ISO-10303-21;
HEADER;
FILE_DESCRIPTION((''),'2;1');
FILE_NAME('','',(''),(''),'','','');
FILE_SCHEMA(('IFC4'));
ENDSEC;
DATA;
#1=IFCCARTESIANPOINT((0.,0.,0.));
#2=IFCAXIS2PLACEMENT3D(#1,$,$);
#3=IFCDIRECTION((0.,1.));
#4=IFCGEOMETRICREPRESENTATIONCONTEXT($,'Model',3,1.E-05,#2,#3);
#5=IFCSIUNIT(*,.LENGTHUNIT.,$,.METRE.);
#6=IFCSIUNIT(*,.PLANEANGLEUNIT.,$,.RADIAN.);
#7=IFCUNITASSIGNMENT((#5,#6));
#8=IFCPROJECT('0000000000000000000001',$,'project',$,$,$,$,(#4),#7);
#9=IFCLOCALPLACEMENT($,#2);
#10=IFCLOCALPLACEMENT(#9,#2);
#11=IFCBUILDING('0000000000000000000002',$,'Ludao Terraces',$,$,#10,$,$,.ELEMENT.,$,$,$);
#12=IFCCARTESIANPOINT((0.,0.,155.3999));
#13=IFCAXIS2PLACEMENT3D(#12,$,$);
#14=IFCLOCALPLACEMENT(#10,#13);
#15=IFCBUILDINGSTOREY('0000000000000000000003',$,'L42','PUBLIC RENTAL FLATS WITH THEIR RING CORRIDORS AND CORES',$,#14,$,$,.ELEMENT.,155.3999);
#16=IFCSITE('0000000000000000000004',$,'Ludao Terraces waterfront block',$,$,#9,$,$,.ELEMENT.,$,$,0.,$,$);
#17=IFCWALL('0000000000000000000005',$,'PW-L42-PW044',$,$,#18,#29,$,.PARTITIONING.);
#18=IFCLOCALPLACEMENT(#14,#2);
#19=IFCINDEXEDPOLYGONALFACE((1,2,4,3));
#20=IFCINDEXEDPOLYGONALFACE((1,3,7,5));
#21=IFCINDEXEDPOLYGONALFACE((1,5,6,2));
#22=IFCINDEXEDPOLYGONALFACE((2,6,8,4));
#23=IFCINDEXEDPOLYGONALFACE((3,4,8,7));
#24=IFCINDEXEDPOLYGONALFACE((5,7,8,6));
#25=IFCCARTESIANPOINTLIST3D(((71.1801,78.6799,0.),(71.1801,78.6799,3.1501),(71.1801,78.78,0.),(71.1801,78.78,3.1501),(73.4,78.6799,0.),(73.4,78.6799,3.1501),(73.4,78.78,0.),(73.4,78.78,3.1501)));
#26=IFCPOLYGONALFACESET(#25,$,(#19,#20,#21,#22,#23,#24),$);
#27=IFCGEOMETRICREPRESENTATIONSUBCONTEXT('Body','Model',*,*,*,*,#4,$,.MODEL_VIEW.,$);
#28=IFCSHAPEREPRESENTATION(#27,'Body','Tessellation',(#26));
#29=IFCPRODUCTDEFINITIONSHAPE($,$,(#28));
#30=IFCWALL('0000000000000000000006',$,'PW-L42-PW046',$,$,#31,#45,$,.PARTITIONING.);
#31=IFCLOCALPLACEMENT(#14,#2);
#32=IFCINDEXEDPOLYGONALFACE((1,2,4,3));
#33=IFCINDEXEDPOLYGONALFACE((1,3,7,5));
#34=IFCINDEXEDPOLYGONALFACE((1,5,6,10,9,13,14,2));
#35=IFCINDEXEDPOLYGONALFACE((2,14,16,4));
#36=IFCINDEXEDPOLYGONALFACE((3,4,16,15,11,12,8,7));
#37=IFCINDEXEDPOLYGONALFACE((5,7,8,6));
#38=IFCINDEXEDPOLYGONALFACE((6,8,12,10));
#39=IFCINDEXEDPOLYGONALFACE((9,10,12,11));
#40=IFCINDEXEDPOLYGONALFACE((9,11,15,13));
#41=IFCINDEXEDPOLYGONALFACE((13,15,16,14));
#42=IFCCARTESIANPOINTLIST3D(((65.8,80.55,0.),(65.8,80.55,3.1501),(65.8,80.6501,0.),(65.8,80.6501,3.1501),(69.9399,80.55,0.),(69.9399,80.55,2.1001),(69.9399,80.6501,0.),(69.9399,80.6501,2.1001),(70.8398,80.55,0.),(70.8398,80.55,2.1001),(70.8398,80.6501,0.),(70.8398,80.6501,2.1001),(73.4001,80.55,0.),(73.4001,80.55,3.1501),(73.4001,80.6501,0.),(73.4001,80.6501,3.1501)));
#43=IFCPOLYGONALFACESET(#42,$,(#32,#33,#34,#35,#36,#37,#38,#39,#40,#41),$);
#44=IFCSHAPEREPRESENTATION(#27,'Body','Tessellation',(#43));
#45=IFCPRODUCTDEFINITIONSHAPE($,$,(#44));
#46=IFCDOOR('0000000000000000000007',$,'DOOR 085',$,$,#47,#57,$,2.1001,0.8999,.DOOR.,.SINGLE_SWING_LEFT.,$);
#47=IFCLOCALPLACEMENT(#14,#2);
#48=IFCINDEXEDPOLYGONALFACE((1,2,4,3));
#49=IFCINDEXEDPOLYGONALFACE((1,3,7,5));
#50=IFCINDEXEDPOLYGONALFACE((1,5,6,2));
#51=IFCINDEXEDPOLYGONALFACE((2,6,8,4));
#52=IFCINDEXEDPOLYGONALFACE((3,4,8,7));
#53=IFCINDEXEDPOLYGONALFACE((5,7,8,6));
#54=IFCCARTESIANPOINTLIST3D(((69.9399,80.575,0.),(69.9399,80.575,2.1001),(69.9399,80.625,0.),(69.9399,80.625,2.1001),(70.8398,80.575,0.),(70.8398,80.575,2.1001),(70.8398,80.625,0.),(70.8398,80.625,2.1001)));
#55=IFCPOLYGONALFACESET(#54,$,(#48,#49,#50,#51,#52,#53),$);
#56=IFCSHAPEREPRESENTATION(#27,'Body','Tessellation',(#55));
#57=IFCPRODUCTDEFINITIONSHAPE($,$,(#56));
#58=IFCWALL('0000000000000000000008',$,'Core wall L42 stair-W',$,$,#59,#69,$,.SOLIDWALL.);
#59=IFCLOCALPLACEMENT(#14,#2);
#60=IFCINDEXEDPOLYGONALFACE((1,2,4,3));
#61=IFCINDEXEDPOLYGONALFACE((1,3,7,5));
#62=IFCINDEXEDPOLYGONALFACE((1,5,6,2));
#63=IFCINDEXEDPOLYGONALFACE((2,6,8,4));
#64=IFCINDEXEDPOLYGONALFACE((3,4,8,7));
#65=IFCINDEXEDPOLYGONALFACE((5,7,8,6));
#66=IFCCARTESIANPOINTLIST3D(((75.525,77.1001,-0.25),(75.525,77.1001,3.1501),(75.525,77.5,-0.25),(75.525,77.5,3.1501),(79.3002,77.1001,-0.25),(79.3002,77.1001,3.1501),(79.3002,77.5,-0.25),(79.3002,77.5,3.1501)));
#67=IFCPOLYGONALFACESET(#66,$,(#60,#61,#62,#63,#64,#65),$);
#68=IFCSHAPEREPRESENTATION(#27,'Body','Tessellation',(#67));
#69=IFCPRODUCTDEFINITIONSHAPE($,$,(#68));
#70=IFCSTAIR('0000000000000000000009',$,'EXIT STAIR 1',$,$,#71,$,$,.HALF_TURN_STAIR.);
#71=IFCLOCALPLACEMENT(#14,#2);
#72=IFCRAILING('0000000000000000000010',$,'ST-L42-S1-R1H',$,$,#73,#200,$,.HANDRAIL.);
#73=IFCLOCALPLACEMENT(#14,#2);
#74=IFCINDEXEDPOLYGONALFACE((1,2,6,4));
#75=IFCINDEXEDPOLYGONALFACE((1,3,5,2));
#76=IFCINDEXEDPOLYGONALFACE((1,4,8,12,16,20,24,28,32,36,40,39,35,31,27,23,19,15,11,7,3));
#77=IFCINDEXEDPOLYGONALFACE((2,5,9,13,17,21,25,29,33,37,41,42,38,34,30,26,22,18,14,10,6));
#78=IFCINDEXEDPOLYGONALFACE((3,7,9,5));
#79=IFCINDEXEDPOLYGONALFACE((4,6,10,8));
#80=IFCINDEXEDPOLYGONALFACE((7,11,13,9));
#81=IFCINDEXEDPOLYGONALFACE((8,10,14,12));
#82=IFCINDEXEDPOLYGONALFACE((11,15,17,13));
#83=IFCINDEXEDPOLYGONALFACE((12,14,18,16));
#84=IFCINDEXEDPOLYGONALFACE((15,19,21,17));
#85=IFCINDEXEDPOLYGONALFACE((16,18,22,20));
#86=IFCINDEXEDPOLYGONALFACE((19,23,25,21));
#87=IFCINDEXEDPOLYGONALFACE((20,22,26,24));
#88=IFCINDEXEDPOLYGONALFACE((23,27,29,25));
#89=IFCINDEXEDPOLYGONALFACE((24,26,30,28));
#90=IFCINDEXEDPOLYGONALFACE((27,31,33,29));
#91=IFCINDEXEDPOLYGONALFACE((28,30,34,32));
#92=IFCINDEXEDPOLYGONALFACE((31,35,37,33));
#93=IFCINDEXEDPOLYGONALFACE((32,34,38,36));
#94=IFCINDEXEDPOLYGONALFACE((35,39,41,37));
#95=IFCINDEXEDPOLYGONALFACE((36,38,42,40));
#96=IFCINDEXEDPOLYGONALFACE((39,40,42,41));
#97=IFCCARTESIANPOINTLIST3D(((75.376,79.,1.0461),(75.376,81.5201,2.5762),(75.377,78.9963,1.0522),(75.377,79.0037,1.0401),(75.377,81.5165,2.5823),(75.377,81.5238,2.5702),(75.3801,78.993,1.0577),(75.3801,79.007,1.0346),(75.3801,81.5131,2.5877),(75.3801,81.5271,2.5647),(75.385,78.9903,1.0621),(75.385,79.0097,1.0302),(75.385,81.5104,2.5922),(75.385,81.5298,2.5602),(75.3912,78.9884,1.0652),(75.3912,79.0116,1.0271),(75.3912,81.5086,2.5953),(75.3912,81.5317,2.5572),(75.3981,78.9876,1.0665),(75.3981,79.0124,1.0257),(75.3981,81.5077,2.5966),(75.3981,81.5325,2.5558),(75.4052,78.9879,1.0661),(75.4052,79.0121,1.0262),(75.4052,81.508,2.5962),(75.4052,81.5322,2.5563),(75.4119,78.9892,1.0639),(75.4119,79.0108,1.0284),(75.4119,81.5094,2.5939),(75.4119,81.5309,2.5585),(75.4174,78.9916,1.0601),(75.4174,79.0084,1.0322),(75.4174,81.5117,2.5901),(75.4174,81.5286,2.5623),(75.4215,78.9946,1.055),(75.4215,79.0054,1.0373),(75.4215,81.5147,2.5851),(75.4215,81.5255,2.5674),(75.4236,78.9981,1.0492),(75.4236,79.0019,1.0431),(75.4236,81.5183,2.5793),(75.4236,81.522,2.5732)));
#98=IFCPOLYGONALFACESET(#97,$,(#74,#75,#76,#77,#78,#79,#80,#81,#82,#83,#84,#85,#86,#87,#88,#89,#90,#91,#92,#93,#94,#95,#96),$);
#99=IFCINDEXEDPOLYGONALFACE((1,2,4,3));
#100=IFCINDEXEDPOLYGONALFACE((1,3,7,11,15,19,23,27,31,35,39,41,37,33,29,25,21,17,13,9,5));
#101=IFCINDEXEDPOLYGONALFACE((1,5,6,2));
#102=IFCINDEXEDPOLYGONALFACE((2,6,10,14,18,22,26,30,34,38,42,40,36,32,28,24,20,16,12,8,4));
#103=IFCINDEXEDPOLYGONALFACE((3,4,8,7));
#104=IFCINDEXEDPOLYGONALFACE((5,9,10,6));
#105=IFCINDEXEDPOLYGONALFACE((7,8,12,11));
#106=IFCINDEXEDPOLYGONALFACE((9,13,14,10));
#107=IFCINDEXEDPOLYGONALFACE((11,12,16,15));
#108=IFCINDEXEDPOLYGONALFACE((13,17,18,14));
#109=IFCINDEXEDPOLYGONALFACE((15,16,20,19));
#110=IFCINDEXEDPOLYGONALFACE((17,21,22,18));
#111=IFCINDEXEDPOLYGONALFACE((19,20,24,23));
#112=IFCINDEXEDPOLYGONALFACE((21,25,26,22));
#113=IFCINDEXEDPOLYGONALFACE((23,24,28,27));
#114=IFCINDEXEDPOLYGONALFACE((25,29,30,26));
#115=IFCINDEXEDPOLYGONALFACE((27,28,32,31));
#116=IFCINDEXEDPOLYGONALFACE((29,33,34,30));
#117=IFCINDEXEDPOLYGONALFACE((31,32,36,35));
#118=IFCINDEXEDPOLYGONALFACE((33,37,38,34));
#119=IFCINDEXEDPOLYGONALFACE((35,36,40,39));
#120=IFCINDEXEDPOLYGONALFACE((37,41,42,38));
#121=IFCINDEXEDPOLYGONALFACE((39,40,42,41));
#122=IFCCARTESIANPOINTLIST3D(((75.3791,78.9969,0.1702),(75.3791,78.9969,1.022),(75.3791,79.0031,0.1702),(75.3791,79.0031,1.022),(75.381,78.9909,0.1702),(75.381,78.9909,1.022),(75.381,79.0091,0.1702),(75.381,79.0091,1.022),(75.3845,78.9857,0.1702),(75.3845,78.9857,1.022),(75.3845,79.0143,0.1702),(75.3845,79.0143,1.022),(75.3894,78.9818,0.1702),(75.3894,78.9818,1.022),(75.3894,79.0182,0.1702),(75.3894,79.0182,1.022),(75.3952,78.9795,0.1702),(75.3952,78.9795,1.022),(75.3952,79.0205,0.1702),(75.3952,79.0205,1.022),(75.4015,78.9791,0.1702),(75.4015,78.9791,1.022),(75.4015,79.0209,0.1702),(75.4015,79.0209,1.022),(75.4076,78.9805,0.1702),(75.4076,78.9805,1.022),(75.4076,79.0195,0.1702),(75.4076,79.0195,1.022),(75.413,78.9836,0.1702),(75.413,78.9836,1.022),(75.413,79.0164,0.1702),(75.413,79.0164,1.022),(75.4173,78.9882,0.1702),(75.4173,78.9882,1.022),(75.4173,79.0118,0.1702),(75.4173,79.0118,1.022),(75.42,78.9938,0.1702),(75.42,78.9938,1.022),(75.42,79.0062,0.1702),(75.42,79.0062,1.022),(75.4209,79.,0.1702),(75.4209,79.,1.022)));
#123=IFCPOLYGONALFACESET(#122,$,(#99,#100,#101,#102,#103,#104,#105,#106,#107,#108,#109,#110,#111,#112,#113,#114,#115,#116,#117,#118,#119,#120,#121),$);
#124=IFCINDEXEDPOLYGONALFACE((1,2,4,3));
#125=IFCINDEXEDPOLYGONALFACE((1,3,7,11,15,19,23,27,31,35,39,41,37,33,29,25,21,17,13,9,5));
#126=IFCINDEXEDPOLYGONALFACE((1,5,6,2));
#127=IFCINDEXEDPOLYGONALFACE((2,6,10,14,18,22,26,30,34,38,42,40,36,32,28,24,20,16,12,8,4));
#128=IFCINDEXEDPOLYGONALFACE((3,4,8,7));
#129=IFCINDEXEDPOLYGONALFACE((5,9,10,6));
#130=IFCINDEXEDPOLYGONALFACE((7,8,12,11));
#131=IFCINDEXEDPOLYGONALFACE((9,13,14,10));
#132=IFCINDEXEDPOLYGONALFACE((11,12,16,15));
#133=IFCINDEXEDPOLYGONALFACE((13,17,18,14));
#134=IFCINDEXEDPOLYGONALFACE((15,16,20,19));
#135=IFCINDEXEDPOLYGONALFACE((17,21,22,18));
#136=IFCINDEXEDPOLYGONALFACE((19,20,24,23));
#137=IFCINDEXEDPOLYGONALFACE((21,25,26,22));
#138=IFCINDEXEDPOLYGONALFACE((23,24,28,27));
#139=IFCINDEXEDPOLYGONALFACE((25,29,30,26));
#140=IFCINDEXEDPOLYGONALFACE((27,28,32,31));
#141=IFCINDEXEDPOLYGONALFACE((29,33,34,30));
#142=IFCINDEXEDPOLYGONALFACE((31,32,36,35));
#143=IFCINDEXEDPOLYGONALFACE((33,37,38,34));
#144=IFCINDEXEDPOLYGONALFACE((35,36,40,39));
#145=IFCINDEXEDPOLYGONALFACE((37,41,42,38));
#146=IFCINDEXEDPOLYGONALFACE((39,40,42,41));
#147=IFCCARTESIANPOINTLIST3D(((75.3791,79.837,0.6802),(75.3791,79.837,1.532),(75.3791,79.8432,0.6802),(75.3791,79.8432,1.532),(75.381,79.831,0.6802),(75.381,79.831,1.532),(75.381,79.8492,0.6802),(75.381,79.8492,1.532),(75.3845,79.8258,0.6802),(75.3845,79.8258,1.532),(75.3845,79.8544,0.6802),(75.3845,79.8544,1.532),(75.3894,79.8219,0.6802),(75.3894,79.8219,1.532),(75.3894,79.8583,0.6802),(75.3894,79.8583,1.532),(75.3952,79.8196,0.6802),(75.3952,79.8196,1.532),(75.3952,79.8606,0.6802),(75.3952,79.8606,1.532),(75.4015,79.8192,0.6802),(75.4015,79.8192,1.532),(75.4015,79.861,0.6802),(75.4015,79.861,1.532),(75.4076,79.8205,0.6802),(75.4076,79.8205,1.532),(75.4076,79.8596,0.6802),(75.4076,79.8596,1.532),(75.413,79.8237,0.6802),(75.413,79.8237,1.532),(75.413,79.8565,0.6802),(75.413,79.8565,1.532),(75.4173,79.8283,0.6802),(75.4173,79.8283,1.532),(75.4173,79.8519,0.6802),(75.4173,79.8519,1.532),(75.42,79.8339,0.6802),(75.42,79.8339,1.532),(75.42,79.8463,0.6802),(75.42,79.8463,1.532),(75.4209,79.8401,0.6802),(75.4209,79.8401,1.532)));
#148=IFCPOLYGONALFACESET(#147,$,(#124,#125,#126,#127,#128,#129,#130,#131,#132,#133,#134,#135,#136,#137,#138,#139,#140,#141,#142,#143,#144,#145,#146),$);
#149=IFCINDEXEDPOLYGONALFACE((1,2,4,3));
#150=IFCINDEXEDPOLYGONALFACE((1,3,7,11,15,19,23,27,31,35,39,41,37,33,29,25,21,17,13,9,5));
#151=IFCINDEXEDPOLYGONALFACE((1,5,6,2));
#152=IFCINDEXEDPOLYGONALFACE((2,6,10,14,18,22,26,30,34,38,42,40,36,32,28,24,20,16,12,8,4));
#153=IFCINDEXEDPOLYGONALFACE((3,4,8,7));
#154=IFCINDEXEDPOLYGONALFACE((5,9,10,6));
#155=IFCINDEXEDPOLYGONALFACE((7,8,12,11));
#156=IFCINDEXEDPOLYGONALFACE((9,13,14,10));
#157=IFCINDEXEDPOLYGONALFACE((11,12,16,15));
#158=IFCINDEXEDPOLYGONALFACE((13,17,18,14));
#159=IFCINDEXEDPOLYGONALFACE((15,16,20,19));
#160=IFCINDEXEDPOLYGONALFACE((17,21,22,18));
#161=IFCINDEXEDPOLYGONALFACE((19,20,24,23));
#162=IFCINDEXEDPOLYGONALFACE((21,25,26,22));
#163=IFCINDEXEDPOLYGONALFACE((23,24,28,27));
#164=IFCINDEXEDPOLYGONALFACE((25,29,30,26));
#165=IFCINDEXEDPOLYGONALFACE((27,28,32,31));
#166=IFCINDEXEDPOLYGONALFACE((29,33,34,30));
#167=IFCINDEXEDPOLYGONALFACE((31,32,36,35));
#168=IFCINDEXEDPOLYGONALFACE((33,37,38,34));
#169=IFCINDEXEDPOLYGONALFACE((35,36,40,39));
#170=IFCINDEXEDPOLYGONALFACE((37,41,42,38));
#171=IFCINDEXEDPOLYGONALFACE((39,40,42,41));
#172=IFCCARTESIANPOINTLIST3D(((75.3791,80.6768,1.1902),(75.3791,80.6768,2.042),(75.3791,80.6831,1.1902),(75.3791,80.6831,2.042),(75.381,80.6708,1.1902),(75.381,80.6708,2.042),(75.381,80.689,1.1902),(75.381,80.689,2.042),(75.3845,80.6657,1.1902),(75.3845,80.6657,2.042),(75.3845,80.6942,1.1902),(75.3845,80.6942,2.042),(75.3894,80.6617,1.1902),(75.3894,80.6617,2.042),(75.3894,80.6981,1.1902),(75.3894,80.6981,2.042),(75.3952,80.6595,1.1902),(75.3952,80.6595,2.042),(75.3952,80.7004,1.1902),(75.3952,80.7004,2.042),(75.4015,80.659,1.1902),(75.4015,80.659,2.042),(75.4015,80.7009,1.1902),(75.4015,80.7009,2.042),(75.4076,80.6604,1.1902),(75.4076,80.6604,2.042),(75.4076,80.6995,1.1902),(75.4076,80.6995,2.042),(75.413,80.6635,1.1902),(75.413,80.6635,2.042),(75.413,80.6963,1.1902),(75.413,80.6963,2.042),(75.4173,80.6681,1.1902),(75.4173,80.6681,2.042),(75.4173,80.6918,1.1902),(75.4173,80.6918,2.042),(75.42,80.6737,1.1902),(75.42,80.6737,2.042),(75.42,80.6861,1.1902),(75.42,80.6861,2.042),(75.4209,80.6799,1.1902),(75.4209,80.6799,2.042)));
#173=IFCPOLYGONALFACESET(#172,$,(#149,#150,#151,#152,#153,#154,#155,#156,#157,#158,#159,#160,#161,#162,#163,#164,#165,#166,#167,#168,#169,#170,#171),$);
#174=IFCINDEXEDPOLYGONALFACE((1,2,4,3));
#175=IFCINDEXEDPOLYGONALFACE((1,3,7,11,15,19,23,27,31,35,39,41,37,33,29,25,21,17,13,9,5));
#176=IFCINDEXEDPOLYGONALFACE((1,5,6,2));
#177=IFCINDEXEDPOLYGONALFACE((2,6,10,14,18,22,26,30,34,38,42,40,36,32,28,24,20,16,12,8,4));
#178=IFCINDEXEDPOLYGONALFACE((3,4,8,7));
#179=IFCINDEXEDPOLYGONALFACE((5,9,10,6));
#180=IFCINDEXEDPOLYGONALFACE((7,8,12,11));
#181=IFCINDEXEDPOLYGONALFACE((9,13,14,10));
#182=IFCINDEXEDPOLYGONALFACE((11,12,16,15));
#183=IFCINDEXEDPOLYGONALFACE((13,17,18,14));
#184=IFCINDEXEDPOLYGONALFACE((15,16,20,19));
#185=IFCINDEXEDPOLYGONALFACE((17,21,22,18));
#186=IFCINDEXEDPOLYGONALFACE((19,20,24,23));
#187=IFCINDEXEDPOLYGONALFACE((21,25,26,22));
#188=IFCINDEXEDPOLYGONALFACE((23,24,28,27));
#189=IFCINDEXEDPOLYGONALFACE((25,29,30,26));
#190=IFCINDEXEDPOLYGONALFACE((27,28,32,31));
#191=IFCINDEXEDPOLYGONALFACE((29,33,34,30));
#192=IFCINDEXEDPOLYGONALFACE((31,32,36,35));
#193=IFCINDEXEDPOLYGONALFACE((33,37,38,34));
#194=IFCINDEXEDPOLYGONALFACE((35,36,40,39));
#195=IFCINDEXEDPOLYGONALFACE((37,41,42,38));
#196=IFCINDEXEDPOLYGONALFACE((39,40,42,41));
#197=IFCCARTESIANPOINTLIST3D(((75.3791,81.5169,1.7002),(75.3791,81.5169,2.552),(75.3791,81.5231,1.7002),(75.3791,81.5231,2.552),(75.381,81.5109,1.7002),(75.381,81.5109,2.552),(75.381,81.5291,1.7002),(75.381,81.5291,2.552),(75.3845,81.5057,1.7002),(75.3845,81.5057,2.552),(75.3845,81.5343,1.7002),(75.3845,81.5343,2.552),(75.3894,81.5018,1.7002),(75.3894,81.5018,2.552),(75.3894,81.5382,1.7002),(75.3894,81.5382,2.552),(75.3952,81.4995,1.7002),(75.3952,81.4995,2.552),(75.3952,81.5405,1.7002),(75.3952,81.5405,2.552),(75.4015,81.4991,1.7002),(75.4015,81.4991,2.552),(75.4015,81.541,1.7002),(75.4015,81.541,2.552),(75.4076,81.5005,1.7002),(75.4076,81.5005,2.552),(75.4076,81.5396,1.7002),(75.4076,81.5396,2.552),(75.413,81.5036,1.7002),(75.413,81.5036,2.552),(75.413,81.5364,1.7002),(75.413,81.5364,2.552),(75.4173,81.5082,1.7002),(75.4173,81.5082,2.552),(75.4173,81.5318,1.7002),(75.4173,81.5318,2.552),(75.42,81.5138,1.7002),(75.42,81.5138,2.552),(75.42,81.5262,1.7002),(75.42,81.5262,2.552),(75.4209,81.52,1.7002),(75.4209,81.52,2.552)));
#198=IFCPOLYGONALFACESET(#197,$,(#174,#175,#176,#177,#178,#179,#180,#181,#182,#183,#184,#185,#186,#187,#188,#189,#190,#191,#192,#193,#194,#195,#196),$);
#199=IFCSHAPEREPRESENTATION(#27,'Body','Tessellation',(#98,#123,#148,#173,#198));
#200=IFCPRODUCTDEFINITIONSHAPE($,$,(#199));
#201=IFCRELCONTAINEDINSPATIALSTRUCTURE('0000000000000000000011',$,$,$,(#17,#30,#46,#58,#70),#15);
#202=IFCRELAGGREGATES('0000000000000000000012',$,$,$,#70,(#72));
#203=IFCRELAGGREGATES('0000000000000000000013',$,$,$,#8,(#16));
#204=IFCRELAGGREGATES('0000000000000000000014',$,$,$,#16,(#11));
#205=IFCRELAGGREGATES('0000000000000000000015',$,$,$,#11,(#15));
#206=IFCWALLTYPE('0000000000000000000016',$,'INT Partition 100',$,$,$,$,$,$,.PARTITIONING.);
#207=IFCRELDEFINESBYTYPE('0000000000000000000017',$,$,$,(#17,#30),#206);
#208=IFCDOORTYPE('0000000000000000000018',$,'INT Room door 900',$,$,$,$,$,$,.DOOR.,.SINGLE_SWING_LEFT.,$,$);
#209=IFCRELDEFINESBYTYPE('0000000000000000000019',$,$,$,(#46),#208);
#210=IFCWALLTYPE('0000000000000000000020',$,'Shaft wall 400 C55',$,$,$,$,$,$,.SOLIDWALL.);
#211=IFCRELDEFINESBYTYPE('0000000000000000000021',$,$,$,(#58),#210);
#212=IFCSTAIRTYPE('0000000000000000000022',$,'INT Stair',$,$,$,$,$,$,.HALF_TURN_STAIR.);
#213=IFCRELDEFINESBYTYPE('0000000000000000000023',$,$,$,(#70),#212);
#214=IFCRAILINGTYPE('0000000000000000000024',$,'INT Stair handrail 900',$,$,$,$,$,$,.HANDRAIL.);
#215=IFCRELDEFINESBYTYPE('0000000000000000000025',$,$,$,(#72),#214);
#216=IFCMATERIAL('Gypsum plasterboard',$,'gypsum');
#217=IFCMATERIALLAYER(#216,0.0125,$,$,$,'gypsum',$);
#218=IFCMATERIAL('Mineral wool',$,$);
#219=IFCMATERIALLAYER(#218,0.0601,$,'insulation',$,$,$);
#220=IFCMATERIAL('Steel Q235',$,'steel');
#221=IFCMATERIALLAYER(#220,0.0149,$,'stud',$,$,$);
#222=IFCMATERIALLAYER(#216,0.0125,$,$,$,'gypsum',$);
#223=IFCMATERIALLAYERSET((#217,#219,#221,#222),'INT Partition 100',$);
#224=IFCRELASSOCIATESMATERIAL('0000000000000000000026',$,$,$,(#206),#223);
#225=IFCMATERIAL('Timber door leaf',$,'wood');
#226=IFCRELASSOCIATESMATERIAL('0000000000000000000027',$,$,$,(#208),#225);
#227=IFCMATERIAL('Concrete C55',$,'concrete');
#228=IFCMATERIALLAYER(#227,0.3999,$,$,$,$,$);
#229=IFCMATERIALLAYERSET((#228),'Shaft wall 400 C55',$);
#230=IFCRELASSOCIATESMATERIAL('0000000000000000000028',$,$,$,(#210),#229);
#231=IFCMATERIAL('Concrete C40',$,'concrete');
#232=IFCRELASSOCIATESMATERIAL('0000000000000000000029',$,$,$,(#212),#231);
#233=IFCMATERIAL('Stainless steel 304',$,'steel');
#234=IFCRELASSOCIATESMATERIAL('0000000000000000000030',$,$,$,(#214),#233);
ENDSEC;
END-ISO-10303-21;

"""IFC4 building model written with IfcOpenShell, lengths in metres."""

from ifc_helpers import new_model, si_unit, direction, frame, frame_2d, origin, origin_2d, place, context, subcontext, project, spatial, rectangle, circle, extrude, material, layer, layer_set, type_object, element, fill, aggregate, save


model = new_model("IFC4")

# Units and contexts
model_context = context("Model", 3, precision=1e-05, world=origin(), true_north=direction((0.0, 1.0)))
body_context = subcontext(model_context, "Body", "Model", "MODEL_VIEW")
ifc_project = project(units=[si_unit("LENGTHUNIT", "METRE"), si_unit("PLANEANGLEUNIT", "RADIAN")], contexts=[model_context])

# Site, building, storey
site_placement = place(None, origin())
site = spatial("IfcSite", under=ifc_project, at=site_placement, Name="Ludao Terraces waterfront block", CompositionType="ELEMENT", RefElevation=0.0)
building_placement = place(site_placement, origin())
building = spatial("IfcBuilding", under=site, at=building_placement, Name="Ludao Terraces", CompositionType="ELEMENT")
storey_placement = place(building_placement, frame((0.0, 0.0, 155.3999)))
storey = spatial("IfcBuildingStorey", under=building, at=storey_placement, Name="L42", Description="PUBLIC RENTAL FLATS WITH THEIR RING CORRIDORS AND CORES", CompositionType="ELEMENT", Elevation=155.3999)

# Shared definitions
ifc_material_1 = material(Name="Concrete C40", Category="concrete")

# Shared definitions
ifc_material_2 = material(Name="Steel Q235", Category="steel")

# Shared definitions
ifc_material_3 = material(Name="Mineral wool")

# Wall
ifc_material_4 = material(Name="Gypsum plasterboard", Category="gypsum")
ifc_layer_1 = layer(ifc_material_4, 0.0125, Category="gypsum")
ifc_layer_2 = layer(ifc_material_3, 0.0601, Name="insulation")
ifc_layer_3 = layer(ifc_material_2, 0.0149, Name="stud")
ifc_layer_4 = layer(ifc_material_4, 0.0125, Category="gypsum")
ifc_layer_set_1 = layer_set([ifc_layer_1, ifc_layer_2, ifc_layer_3, ifc_layer_4], Name="INT Partition 100")
wall_type_1 = type_object("IfcWallType", Name="INT Partition 100", PredefinedType="PARTITIONING", material=ifc_layer_set_1)
for number, where, z_axis, x_axis, name in (
    (1, (71.1802, 78.73, 0.0), (0.0, 0.0, 1.0), (1.0, 0.0, 0.0), "PW-L42-PW044"),
):
    element("IfcWall", number, at=place(storey_placement, frame(where, z_axis=z_axis, x_axis=x_axis)), inside=storey, type_object=wall_type_1, Name=name, PredefinedType="PARTITIONING", context=body_context, shape_type="SweptSolid", body=[
        extrude(rectangle(XDim=2.22, YDim=0.1001, at=frame_2d((1.1099, 0.0))), origin(), (0.0, 0.0, 1.0), 3.1501),
    ])

# Wall, opening, door
wall_1_placement = place(storey_placement, frame((65.8, 80.6001, 0.0), z_axis=(0.0, 0.0, 1.0), x_axis=(1.0, 0.0, 0.0)))
wall_1 = element("IfcWall", 2, at=wall_1_placement, inside=storey, type_object=wall_type_1, Name="PW-L42-PW046", PredefinedType="PARTITIONING", context=body_context, shape_type="SweptSolid", body=[
    extrude(rectangle(XDim=7.6001, YDim=0.1001, at=frame_2d((3.8, 0.0))), origin(), (0.0, 0.0, 1.0), 3.1501),
])
opening_1_placement = place(wall_1_placement, frame((4.1399, 0.0, 0.0)))
opening_1 = element("IfcOpeningElement", 3, at=opening_1_placement, cuts=wall_1, PredefinedType="OPENING", context=body_context, shape_type="SweptSolid", body=[
    extrude(rectangle(XDim=0.8999, YDim=2.1001, at=frame_2d((0.45, 1.05))), frame((0.0, 0.0601, 0.0), z_axis=(0.0, -1.0, 0.0), x_axis=(1.0, 0.0, 0.0)), (0.0, 0.0, 1.0), 0.1201),
])
ifc_material_5 = material(Name="Timber door leaf", Category="wood")
door_type_1 = type_object("IfcDoorType", Name="INT Room door 900", OperationType="SINGLE_SWING_LEFT", PredefinedType="DOOR", material=ifc_material_5)
door_1_placement = place(opening_1_placement, origin())
door_1 = element("IfcDoor", 4, at=door_1_placement, inside=storey, type_object=door_type_1, Name="DOOR 085", OperationType="SINGLE_SWING_LEFT", OverallHeight=2.1001, OverallWidth=0.8999, PredefinedType="DOOR", context=body_context, shape_type="SweptSolid", body=[
    extrude(rectangle(XDim=0.8999, YDim=2.1001, at=frame_2d((0.45, 1.05))), frame((0.0, 0.0249, 0.0), z_axis=(0.0, -1.0, 0.0), x_axis=(1.0, 0.0, 0.0)), (0.0, 0.0, 1.0), 0.05),
])
fill(opening_1, door_1)

# Wall
ifc_material_6 = material(Name="Concrete C55", Category="concrete")
ifc_layer_5 = layer(ifc_material_6, 0.3999)
ifc_layer_set_2 = layer_set([ifc_layer_5], Name="Shaft wall 400 C55")
wall_type_2 = type_object("IfcWallType", Name="Shaft wall 400 C55", PredefinedType="SOLIDWALL", material=ifc_layer_set_2)
wall_2_placement = place(storey_placement, frame((75.5249, 77.3, -0.25), z_axis=(0.0, 0.0, 1.0), x_axis=(1.0, 0.0, 0.0)))
element("IfcWall", 5, at=wall_2_placement, inside=storey, type_object=wall_type_2, Name="Core wall L42 stair-W", PredefinedType="SOLIDWALL", context=body_context, shape_type="SweptSolid", body=[
    extrude(rectangle(XDim=3.7751, YDim=0.3999, at=frame_2d((1.8877, 0.0))), origin(), (0.0, 0.0, 1.0), 3.4001),
])

# Stair, railing
stair_type = type_object("IfcStairType", Name="INT Stair", PredefinedType="HALF_TURN_STAIR", material=ifc_material_1)
stair_placement = place(storey_placement, origin())
stair = element("IfcStair", 6, at=stair_placement, inside=storey, type_object=stair_type, Name="EXIT STAIR 1", PredefinedType="HALF_TURN_STAIR")
ifc_material_7 = material(Name="Stainless steel 304", Category="steel")
railing_type = type_object("IfcRailingType", Name="INT Stair handrail 900", PredefinedType="HANDRAIL", material=ifc_material_7)
railing_placement = place(storey_placement, frame((75.3999, 79.0, 0.1702)))
railing = element("IfcRailing", 7, at=railing_placement, type_object=railing_type, Name="ST-L42-S1-R1H", PredefinedType="HANDRAIL", context=body_context, shape_type="SweptSolid", body=[
    extrude(circle(Radius=0.0239, at=origin_2d()), frame((0.0, 0.0, 0.876), z_axis=(0.0, 0.854785, 0.518982), x_axis=(-1.0, 0.0, 0.0)), (0.0, 0.0, 1.0), 2.9482),
    extrude(circle(Radius=0.021, at=origin_2d()), origin(), (0.0, 0.0, 1.0), 0.8518),
    extrude(circle(Radius=0.021, at=origin_2d()), frame((0.0, 0.8401, 0.51)), (0.0, 0.0, 1.0), 0.8518),
    extrude(circle(Radius=0.021, at=origin_2d()), frame((0.0, 1.6799, 1.02)), (0.0, 0.0, 1.0), 0.8518),
    extrude(circle(Radius=0.021, at=origin_2d()), frame((0.0, 2.52, 1.53)), (0.0, 0.0, 1.0), 0.8518),
])
aggregate(stair, [railing])

save(model, "model.ifc")
